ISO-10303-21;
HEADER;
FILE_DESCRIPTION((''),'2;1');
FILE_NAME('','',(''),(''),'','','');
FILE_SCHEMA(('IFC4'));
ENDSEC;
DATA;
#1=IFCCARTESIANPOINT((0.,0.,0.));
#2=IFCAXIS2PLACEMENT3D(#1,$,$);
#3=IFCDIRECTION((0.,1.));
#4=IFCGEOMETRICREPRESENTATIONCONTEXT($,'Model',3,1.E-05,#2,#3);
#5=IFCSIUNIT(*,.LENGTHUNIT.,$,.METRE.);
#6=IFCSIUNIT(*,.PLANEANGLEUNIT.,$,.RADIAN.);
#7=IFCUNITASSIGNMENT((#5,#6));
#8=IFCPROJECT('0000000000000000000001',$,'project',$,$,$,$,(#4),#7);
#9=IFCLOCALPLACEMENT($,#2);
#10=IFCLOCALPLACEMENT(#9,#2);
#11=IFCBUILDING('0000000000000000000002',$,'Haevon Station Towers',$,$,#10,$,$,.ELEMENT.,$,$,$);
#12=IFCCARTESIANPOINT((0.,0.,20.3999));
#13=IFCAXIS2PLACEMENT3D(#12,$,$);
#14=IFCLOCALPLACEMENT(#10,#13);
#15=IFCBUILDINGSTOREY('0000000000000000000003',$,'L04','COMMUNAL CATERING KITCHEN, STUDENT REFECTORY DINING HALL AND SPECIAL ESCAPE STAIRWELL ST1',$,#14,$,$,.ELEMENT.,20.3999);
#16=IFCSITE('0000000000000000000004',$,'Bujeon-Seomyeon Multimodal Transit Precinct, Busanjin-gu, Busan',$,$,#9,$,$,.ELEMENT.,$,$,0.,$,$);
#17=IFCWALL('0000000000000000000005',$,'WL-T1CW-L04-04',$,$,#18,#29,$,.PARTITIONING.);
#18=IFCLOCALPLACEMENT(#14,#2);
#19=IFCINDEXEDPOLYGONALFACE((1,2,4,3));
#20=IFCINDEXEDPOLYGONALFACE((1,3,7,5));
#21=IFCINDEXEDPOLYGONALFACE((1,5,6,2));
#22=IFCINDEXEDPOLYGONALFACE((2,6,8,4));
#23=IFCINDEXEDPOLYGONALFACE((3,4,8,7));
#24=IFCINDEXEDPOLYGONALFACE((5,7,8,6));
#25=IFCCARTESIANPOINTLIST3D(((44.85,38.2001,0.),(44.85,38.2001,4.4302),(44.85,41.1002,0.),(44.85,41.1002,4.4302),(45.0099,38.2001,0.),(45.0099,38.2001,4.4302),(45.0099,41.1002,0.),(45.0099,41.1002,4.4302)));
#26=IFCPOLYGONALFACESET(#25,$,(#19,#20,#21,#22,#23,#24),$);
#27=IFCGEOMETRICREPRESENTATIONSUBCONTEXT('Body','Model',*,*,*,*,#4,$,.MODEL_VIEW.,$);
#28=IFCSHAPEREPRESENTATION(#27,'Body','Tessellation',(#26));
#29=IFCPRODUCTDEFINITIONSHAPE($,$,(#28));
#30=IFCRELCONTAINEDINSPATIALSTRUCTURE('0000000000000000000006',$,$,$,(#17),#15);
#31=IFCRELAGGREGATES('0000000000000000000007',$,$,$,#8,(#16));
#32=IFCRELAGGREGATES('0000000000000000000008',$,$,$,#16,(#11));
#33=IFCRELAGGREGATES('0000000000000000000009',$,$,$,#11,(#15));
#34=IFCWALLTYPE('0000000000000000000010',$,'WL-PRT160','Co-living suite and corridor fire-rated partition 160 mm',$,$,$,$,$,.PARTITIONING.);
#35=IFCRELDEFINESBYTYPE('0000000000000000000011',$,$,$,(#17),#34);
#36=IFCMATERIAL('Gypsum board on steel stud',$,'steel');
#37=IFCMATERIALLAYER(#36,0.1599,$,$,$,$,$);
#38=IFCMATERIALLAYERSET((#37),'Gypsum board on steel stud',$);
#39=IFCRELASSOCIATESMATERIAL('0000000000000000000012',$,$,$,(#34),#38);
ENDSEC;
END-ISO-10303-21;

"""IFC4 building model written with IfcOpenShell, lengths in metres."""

from ifc_helpers import new_model, si_unit, direction, frame, frame_2d, origin, place, context, subcontext, project, spatial, rectangle, extrude, material, layer, layer_set, type_object, element, save


model = new_model("IFC4")

# Units and contexts
model_context = context("Model", 3, precision=1e-05, world=origin(), true_north=direction((0.0, 1.0)))
body_context = subcontext(model_context, "Body", "Model", "MODEL_VIEW")
ifc_project = project(units=[si_unit("LENGTHUNIT", "METRE"), si_unit("PLANEANGLEUNIT", "RADIAN")], contexts=[model_context])

# Site, building, storey
site_placement = place(None, origin())
site = spatial("IfcSite", under=ifc_project, at=site_placement, Name="Bujeon-Seomyeon Multimodal Transit Precinct, Busanjin-gu, Busan", CompositionType="ELEMENT", RefElevation=0.0)
building_placement = place(site_placement, origin())
building = spatial("IfcBuilding", under=site, at=building_placement, Name="Haevon Station Towers", CompositionType="ELEMENT")
storey_placement = place(building_placement, frame((0.0, 0.0, 20.3999)))
storey = spatial("IfcBuildingStorey", under=building, at=storey_placement, Name="L04", Description="COMMUNAL CATERING KITCHEN, STUDENT REFECTORY DINING HALL AND SPECIAL ESCAPE STAIRWELL ST1", CompositionType="ELEMENT", Elevation=20.3999)

# Shared definitions
ifc_material_1 = material(Name="Gypsum board on steel stud", Category="steel")

# Wall
ifc_layer_1 = layer(ifc_material_1, 0.1599)
ifc_layer_set_1 = layer_set([ifc_layer_1], Name="Gypsum board on steel stud")
wall_type_1 = type_object("IfcWallType", Name="WL-PRT160", Description="Co-living suite and corridor fire-rated partition 160 mm", PredefinedType="PARTITIONING", material=ifc_layer_set_1)
wall_1_placement = place(storey_placement, frame((44.9299, 38.2, 0.0), z_axis=(0.0, 0.0, 1.0), x_axis=(0.0, 1.0, 0.0)))
element("IfcWall", 1, at=wall_1_placement, inside=storey, type_object=wall_type_1, Name="WL-T1CW-L04-04", PredefinedType="PARTITIONING", context=body_context, shape_type="SweptSolid", body=[
    extrude(rectangle(XDim=2.9001, YDim=0.1599, at=frame_2d((1.4502, 0.0))), origin(), (0.0, 0.0, 1.0), 4.4302),
])

save(model, "model.ifc")
